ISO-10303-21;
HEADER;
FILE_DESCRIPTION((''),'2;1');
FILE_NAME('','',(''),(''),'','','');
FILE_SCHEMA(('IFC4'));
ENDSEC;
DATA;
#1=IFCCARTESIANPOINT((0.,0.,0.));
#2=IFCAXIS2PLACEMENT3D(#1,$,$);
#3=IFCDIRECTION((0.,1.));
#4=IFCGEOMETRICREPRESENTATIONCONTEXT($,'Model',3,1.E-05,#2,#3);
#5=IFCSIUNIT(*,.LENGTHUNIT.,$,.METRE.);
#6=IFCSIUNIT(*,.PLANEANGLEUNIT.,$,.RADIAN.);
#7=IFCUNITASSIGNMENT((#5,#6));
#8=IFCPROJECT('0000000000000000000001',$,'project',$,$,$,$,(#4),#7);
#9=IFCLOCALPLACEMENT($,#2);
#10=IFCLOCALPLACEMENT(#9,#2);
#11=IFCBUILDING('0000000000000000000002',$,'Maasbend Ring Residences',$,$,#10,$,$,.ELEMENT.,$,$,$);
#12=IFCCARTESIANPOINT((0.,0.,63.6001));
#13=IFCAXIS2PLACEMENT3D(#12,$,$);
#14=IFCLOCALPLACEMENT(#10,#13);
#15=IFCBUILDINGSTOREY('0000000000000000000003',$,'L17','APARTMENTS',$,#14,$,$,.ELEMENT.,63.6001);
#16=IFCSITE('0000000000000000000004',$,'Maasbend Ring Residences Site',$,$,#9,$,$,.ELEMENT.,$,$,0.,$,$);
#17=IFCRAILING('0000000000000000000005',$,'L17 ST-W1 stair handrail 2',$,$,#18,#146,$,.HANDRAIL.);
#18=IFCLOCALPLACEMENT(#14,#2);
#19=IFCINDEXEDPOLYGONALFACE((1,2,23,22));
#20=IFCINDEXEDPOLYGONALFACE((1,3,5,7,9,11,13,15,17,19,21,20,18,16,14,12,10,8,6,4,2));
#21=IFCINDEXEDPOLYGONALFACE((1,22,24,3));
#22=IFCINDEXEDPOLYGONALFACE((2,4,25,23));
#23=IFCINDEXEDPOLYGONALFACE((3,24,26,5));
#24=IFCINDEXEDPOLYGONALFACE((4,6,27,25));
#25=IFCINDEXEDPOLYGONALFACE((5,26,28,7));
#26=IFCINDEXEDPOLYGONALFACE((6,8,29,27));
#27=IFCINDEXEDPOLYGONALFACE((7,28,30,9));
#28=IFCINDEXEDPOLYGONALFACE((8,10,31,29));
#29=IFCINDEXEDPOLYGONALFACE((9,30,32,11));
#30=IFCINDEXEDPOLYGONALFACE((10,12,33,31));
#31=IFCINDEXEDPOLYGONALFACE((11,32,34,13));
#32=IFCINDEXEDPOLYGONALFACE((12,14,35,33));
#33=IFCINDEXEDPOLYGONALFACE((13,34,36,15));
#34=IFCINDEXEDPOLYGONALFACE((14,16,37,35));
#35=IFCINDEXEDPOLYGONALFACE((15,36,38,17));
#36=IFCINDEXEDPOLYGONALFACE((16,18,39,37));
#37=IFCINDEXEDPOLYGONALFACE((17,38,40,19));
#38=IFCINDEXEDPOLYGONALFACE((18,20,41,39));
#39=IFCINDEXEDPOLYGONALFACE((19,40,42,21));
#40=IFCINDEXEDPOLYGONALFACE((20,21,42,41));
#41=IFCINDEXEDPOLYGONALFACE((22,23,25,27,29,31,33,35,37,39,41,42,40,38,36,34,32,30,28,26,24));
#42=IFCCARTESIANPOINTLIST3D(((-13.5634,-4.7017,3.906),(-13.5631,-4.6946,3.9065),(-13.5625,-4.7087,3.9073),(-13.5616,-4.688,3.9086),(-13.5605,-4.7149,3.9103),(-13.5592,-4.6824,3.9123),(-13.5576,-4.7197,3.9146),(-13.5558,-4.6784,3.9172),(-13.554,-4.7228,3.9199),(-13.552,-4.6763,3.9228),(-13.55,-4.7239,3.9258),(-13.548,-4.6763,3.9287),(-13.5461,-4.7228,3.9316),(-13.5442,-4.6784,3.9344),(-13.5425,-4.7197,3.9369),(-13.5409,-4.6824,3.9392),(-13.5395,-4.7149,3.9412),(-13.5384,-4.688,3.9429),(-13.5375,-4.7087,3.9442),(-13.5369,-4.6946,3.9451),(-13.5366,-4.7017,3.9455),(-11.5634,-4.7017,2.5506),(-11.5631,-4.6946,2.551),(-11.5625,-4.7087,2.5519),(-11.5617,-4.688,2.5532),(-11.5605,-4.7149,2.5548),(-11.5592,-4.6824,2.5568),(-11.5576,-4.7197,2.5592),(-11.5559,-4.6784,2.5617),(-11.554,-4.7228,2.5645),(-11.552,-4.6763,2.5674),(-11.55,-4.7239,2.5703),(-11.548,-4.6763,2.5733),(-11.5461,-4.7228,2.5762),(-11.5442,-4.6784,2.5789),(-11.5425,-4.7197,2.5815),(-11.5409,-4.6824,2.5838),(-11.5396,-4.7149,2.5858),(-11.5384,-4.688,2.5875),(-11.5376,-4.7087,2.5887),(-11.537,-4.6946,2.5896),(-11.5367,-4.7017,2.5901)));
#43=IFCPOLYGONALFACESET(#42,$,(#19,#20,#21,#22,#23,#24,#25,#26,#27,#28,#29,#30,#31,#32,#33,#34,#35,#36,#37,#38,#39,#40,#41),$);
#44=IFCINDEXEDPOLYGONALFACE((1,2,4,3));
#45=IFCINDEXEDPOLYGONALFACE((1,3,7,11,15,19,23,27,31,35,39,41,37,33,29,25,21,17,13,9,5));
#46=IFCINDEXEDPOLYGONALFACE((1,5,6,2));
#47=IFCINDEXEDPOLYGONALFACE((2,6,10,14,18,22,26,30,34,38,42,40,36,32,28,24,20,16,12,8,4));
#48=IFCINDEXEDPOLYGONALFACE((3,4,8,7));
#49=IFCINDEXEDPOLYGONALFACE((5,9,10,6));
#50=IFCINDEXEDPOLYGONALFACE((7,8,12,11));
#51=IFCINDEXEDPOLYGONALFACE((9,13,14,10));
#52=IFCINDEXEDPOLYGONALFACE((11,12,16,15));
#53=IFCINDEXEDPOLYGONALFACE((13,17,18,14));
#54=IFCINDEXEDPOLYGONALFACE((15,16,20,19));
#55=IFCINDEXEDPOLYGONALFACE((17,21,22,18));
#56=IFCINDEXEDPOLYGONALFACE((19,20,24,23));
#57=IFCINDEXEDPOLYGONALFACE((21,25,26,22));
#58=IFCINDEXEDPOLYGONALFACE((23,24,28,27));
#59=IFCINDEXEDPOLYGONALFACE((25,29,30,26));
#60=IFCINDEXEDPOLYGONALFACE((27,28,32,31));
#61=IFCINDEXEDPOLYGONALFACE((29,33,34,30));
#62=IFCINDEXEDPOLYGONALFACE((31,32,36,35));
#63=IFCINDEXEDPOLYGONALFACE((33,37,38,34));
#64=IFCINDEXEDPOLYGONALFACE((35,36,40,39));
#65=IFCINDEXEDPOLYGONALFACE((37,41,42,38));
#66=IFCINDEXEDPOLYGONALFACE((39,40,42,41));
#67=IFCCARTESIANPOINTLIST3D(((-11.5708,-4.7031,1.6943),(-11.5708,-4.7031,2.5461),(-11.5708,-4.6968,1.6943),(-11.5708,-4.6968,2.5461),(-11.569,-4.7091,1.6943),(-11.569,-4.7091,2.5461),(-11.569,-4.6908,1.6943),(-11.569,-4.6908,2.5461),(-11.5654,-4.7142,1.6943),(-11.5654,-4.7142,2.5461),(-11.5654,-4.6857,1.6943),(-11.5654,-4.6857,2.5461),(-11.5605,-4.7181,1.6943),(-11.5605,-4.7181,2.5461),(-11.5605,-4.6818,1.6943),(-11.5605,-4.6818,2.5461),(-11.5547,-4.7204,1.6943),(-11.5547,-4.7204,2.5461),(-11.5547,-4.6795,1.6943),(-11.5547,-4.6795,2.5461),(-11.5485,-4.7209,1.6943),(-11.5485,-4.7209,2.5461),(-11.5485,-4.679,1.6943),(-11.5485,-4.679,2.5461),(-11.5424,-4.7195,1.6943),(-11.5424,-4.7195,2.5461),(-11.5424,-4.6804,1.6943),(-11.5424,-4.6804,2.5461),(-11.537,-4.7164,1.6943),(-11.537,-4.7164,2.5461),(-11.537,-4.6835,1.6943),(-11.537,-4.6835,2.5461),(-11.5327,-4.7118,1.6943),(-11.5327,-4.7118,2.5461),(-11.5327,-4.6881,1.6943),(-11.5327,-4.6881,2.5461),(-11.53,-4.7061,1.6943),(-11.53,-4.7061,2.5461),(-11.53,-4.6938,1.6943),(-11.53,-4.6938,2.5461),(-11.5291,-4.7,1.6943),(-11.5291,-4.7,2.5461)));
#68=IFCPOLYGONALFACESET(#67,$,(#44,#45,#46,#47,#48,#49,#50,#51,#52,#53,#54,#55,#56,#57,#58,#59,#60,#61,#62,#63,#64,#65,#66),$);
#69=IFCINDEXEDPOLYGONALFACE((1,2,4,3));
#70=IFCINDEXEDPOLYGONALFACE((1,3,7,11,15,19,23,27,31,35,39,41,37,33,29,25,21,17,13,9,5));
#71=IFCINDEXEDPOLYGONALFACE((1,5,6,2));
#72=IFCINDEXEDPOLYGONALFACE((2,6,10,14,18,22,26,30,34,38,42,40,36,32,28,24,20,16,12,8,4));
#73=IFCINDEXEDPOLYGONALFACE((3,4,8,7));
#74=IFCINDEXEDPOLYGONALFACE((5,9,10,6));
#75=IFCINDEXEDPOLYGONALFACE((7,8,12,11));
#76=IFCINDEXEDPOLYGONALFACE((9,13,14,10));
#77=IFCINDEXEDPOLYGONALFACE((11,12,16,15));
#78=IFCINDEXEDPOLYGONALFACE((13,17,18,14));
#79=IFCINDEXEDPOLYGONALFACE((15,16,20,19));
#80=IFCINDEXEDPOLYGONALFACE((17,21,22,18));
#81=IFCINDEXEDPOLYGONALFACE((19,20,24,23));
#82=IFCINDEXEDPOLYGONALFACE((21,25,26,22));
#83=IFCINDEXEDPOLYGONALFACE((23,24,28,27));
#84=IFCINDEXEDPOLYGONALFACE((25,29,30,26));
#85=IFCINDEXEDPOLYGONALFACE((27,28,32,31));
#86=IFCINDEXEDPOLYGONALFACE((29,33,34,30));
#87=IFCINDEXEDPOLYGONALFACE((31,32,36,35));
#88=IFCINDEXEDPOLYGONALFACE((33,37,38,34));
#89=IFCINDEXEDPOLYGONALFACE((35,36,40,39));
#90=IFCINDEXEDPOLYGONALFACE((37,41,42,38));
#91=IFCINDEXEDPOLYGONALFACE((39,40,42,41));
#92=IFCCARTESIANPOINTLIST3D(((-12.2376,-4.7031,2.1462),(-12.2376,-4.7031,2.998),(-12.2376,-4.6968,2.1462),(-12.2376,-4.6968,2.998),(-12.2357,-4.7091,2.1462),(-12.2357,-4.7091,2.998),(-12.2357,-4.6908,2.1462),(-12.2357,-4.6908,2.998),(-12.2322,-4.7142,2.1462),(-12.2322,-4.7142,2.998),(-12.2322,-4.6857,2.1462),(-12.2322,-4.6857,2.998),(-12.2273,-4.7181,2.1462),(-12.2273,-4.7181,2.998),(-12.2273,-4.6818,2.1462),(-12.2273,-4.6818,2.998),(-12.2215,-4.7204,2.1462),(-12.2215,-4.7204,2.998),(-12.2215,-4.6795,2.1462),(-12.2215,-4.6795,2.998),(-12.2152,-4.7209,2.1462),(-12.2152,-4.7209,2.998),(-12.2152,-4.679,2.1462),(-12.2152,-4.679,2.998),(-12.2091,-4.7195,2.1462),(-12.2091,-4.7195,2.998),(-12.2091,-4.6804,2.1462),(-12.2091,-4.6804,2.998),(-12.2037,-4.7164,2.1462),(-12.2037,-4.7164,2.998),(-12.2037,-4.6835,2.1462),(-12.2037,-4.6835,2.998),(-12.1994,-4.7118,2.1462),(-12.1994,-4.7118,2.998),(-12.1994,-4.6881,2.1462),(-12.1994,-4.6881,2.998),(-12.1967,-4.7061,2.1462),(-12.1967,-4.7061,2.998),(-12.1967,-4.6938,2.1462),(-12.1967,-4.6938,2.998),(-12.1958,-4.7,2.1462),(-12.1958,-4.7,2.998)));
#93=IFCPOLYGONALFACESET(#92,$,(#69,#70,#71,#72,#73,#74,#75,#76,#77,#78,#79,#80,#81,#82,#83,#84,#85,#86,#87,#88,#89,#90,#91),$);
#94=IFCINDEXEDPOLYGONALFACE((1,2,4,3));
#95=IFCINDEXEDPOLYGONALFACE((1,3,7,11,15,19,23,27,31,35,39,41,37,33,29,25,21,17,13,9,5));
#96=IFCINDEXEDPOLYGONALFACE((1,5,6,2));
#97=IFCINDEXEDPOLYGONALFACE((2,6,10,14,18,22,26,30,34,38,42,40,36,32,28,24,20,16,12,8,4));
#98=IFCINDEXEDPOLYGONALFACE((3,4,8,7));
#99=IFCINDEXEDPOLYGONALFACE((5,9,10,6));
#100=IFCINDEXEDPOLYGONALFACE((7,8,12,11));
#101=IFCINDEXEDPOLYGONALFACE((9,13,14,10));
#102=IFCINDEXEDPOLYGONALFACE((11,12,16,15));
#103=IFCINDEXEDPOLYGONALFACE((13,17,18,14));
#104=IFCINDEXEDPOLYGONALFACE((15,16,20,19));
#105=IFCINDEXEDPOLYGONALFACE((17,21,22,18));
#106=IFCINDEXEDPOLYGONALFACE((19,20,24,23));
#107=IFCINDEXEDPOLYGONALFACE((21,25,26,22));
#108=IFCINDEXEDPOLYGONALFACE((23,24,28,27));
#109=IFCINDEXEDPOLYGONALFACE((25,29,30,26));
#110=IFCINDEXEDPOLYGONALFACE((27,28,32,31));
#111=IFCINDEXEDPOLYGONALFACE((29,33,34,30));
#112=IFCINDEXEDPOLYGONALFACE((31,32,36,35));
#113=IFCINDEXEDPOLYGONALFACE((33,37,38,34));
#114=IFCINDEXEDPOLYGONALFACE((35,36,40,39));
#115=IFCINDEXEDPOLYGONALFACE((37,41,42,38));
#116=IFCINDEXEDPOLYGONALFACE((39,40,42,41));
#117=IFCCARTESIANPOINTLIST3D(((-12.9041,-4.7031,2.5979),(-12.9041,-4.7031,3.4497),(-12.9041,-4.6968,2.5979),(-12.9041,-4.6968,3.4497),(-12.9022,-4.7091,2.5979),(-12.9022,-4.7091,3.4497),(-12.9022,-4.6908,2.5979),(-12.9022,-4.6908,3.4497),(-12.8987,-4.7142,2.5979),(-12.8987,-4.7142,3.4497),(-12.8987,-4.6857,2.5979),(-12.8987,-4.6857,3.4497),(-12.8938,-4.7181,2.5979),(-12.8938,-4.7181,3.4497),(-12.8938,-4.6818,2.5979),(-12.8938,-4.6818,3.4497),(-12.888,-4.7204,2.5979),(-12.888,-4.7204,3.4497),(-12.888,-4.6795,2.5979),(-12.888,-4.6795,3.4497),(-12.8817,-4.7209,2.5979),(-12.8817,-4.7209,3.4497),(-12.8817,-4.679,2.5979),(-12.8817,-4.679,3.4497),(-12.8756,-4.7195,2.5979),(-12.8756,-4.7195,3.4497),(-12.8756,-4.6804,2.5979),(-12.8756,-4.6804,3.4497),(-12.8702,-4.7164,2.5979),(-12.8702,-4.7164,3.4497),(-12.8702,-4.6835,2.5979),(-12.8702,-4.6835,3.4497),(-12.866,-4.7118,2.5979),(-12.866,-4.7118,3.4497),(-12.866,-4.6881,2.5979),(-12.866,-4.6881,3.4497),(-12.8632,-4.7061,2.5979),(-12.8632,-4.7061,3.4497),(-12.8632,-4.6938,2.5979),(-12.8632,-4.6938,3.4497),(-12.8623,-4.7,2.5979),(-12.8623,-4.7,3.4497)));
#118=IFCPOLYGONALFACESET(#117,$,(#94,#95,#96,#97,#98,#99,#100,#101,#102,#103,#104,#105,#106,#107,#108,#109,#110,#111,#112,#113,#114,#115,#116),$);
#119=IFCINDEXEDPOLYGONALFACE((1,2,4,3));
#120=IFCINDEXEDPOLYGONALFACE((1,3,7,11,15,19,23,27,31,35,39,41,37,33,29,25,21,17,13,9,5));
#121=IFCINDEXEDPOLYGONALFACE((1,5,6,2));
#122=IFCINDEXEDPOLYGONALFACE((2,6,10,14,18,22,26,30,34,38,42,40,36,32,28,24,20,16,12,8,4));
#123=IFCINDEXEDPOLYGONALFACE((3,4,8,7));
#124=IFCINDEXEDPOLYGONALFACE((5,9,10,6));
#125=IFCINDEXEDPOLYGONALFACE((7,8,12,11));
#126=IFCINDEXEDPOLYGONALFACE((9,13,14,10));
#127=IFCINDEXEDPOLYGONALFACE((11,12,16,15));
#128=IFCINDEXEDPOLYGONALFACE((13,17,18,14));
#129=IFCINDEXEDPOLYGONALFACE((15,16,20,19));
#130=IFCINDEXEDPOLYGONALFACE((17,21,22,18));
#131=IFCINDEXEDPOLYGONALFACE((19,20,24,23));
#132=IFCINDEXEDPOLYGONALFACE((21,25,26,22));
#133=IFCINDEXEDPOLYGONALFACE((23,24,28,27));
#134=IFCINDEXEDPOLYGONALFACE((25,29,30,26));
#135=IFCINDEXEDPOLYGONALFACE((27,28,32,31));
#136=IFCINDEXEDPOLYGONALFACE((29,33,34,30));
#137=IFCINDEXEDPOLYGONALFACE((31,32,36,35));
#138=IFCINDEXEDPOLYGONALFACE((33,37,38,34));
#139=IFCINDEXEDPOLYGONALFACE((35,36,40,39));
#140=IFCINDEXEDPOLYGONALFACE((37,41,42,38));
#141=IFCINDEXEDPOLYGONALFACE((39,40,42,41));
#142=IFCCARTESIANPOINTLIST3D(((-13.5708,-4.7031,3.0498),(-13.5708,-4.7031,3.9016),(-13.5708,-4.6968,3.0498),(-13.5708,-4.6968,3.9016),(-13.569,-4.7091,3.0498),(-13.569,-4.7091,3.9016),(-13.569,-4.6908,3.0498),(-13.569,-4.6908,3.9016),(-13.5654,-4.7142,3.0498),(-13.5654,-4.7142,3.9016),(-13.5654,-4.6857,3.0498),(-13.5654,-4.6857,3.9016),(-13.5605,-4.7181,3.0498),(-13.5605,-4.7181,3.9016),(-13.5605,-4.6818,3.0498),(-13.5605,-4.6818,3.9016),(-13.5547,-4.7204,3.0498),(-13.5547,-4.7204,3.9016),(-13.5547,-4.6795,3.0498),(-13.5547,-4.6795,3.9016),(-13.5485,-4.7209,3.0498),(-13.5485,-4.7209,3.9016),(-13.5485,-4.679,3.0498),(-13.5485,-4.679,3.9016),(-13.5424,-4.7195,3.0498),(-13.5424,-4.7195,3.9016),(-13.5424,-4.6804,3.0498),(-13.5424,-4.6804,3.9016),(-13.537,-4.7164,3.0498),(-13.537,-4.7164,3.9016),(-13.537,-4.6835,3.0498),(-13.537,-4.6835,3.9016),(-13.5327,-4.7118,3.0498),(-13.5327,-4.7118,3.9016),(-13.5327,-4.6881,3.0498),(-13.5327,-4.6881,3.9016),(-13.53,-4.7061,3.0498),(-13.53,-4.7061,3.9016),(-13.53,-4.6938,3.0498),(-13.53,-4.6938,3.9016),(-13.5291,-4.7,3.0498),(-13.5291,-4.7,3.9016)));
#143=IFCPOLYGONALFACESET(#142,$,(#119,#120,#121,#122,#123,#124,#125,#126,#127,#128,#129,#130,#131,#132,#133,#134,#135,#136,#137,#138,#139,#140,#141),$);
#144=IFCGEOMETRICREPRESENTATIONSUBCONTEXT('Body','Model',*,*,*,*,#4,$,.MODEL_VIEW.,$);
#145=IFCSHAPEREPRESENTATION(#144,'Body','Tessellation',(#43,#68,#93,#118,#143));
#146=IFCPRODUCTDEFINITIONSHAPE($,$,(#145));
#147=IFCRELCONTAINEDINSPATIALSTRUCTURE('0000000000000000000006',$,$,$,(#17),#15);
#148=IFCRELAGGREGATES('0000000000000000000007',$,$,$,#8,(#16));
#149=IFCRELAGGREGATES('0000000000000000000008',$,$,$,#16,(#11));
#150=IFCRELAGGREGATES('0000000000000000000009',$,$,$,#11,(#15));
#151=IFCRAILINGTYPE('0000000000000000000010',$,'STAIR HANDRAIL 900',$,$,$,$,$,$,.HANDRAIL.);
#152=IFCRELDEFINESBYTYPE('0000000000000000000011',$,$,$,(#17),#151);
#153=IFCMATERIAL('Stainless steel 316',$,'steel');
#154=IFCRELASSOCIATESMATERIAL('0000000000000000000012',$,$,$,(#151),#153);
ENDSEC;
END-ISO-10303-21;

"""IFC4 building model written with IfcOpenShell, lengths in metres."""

from ifc_helpers import new_model, si_unit, direction, frame, origin, origin_2d, place, context, subcontext, project, spatial, circle, extrude, material, type_object, element, save


model = new_model("IFC4")

# Units and contexts
model_context = context("Model", 3, precision=1e-05, world=origin(), true_north=direction((0.0, 1.0)))
body_context = subcontext(model_context, "Body", "Model", "MODEL_VIEW")
ifc_project = project(units=[si_unit("LENGTHUNIT", "METRE"), si_unit("PLANEANGLEUNIT", "RADIAN")], contexts=[model_context])

# Site, building, storey
site_placement = place(None, origin())
site = spatial("IfcSite", under=ifc_project, at=site_placement, Name="Maasbend Ring Residences Site", CompositionType="ELEMENT", RefElevation=0.0)
building_placement = place(site_placement, origin())
building = spatial("IfcBuilding", under=site, at=building_placement, Name="Maasbend Ring Residences", CompositionType="ELEMENT")
storey_placement = place(building_placement, frame((0.0, 0.0, 63.6001)))
storey = spatial("IfcBuildingStorey", under=building, at=storey_placement, Name="L17", Description="APARTMENTS", CompositionType="ELEMENT", Elevation=63.6001)

# Railing
ifc_material_1 = material(Name="Stainless steel 316", Category="steel")
railing_type_1 = type_object("IfcRailingType", Name="STAIR HANDRAIL 900", PredefinedType="HANDRAIL", material=ifc_material_1)
railing_1_placement = place(storey_placement, frame((-11.55, -4.7, 1.6943)))
element("IfcRailing", 1, at=railing_1_placement, inside=storey, type_object=railing_type_1, Name="L17 ST-W1 stair handrail 2", PredefinedType="HANDRAIL", context=body_context, shape_type="SweptSolid", body=[
    extrude(circle(Radius=0.0239, at=origin_2d()), frame((0.0, 0.0, 0.876), z_axis=(-0.827798, 0.0, 0.561027), x_axis=(0.0, -1.0, 0.0)), (0.0, 0.0, 1.0), 2.416),
    extrude(circle(Radius=0.021, at=origin_2d()), origin(), (0.0, 0.0, 1.0), 0.8518),
    extrude(circle(Radius=0.021, at=origin_2d()), frame((-0.6667, 0.0, 0.4519)), (0.0, 0.0, 1.0), 0.8518),
    extrude(circle(Radius=0.021, at=origin_2d()), frame((-1.3333, 0.0, 0.9036)), (0.0, 0.0, 1.0), 0.8518),
    extrude(circle(Radius=0.021, at=origin_2d()), frame((-2.0, 0.0, 1.3555)), (0.0, 0.0, 1.0), 0.8518),
])

save(model, "model.ifc")
